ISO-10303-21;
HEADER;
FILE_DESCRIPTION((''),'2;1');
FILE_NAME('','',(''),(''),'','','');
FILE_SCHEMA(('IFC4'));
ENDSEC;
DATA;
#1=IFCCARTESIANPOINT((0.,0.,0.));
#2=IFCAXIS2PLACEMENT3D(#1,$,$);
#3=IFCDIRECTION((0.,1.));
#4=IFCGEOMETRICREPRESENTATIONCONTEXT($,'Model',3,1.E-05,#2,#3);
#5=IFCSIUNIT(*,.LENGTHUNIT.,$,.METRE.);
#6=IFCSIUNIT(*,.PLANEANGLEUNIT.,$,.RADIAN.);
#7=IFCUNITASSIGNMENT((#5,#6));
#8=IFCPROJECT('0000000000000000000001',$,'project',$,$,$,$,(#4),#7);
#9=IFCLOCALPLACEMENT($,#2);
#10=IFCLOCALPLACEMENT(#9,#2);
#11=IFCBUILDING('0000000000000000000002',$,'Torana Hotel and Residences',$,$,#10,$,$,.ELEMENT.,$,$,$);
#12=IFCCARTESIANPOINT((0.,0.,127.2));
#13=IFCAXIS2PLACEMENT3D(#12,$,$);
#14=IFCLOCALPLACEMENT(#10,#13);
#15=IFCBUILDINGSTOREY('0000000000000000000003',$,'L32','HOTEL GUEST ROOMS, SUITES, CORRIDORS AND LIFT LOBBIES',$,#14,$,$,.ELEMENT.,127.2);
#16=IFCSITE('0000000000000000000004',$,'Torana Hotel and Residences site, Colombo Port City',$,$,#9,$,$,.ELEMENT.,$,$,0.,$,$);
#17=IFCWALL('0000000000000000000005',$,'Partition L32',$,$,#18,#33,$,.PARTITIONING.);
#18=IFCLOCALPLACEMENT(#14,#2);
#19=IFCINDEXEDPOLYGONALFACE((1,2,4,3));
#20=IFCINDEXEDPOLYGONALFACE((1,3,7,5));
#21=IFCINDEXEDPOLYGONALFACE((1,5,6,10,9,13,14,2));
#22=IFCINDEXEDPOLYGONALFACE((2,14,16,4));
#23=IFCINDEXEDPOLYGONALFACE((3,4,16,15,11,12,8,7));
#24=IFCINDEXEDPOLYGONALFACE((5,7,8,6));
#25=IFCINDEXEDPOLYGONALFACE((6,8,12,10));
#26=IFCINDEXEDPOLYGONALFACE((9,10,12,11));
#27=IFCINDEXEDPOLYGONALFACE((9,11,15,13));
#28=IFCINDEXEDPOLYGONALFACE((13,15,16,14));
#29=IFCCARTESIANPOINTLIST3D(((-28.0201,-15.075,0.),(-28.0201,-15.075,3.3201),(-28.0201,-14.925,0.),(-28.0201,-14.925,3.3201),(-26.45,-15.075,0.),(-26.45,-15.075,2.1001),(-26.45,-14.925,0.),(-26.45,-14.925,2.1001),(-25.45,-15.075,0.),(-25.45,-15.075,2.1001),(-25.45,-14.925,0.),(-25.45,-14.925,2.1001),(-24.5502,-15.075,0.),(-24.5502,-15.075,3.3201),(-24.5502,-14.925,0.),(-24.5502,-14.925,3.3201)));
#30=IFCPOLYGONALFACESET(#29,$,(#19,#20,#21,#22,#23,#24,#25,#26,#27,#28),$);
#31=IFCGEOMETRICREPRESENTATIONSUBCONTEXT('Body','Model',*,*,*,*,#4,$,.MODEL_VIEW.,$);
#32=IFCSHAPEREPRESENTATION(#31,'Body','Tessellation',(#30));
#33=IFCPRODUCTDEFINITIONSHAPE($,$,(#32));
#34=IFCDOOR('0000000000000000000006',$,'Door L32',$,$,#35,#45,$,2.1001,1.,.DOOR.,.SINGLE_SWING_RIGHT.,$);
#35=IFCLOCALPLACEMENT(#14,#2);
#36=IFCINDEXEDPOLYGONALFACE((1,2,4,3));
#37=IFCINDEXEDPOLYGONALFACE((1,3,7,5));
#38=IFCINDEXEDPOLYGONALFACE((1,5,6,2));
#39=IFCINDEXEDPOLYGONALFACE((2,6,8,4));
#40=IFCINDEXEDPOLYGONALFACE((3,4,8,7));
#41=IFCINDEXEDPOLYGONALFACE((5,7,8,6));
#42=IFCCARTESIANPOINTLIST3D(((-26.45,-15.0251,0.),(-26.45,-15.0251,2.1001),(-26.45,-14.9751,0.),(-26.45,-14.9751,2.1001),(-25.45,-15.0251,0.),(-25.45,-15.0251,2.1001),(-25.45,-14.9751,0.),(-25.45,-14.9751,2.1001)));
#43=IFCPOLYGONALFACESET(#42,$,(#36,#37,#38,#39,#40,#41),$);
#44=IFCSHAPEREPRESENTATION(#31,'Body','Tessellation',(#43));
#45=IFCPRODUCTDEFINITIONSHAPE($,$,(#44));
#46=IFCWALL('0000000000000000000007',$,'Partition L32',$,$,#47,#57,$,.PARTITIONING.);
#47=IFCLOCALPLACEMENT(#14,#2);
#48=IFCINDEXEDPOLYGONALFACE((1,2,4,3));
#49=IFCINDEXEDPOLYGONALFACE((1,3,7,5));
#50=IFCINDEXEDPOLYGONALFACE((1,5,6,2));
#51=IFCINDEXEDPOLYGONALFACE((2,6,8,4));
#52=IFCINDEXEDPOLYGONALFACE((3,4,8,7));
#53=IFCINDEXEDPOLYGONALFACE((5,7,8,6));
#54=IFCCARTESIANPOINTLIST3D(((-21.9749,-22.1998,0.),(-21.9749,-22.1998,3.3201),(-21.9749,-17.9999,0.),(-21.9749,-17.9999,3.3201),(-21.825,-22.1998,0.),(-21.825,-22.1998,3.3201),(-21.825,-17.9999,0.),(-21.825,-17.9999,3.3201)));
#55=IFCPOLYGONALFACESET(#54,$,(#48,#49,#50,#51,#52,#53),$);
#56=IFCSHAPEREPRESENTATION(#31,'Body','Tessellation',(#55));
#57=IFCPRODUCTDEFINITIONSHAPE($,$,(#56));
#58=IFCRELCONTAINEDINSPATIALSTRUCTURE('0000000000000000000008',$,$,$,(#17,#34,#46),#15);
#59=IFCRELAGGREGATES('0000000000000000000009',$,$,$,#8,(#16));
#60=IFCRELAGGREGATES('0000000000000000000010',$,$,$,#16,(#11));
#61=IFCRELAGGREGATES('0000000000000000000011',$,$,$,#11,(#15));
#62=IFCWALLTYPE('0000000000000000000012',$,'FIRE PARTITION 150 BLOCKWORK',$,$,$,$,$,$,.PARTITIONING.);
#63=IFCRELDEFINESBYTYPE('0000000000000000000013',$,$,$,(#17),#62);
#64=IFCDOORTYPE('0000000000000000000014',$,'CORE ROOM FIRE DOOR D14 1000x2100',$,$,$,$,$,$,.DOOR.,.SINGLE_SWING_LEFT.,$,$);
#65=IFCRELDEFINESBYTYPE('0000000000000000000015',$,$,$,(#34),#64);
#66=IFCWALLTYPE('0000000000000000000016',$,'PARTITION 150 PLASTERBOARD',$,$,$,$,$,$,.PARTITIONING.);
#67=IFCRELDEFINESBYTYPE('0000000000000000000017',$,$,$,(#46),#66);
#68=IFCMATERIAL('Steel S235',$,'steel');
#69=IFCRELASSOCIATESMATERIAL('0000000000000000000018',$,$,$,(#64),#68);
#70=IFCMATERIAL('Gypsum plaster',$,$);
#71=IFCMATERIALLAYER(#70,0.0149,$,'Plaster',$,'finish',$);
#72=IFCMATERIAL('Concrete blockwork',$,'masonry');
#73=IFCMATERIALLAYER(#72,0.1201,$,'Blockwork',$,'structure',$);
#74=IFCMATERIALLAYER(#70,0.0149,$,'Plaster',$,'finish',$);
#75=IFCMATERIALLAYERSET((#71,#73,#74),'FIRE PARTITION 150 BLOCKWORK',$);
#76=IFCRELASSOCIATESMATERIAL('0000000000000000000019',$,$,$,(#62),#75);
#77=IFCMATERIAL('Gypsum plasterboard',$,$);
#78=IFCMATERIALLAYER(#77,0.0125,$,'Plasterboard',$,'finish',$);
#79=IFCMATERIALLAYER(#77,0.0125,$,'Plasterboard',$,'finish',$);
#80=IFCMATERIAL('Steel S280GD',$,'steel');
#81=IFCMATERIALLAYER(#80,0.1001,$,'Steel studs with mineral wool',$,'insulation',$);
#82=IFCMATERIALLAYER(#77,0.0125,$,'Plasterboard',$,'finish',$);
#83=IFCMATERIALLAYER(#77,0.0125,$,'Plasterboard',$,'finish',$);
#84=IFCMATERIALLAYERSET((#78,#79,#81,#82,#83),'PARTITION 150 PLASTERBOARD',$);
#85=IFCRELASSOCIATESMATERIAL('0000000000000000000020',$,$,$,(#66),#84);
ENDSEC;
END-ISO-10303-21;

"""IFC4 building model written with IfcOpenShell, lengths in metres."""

from ifc_helpers import new_model, si_unit, direction, frame, frame_2d, origin, place, context, subcontext, project, spatial, rectangle, extrude, material, layer, layer_set, type_object, element, fill, save


model = new_model("IFC4")

# Units and contexts
model_context = context("Model", 3, precision=1e-05, world=origin(), true_north=direction((0.0, 1.0)))
body_context = subcontext(model_context, "Body", "Model", "MODEL_VIEW")
ifc_project = project(units=[si_unit("LENGTHUNIT", "METRE"), si_unit("PLANEANGLEUNIT", "RADIAN")], contexts=[model_context])

# Site, building, storey
site_placement = place(None, origin())
site = spatial("IfcSite", under=ifc_project, at=site_placement, Name="Torana Hotel and Residences site, Colombo Port City", CompositionType="ELEMENT", RefElevation=0.0)
building_placement = place(site_placement, origin())
building = spatial("IfcBuilding", under=site, at=building_placement, Name="Torana Hotel and Residences", CompositionType="ELEMENT")
storey_placement = place(building_placement, frame((0.0, 0.0, 127.2)))
storey = spatial("IfcBuildingStorey", under=building, at=storey_placement, Name="L32", Description="HOTEL GUEST ROOMS, SUITES, CORRIDORS AND LIFT LOBBIES", CompositionType="ELEMENT", Elevation=127.2)

# Shared definitions
ifc_material_1 = material(Name="Steel S235", Category="steel")
door_type_1 = type_object("IfcDoorType", Name="CORE ROOM FIRE DOOR D14 1000x2100", OperationType="SINGLE_SWING_LEFT", PredefinedType="DOOR", material=ifc_material_1)

# Wall, opening, door
ifc_material_2 = material(Name="Gypsum plaster")
ifc_layer_1 = layer(ifc_material_2, 0.0149, Name="Plaster", Category="finish")
ifc_material_3 = material(Name="Concrete blockwork", Category="masonry")
ifc_layer_2 = layer(ifc_material_3, 0.1201, Name="Blockwork", Category="structure")
ifc_layer_3 = layer(ifc_material_2, 0.0149, Name="Plaster", Category="finish")
ifc_layer_set_1 = layer_set([ifc_layer_1, ifc_layer_2, ifc_layer_3], Name="FIRE PARTITION 150 BLOCKWORK")
wall_type_1 = type_object("IfcWallType", Name="FIRE PARTITION 150 BLOCKWORK", PredefinedType="PARTITIONING", material=ifc_layer_set_1)
wall_1_placement = place(storey_placement, frame((-28.02, -15.0, 0.0), z_axis=(0.0, 0.0, 1.0), x_axis=(1.0, 0.0, 0.0)))
wall_1 = element("IfcWall", 1, at=wall_1_placement, inside=storey, type_object=wall_type_1, Name="Partition L32", PredefinedType="PARTITIONING", context=body_context, shape_type="SweptSolid", body=[
    extrude(rectangle(XDim=3.47, YDim=0.1499, at=frame_2d((1.7349, 0.0))), origin(), (0.0, 0.0, 1.0), 3.3201),
])
opening_1_placement = place(wall_1_placement, frame((1.5701, 0.0, 0.0)))
opening_1 = element("IfcOpeningElement", 2, at=opening_1_placement, cuts=wall_1, PredefinedType="OPENING", context=body_context, shape_type="SweptSolid", body=[
    extrude(rectangle(XDim=1.0, YDim=2.1001, at=frame_2d((0.5, 1.05))), frame((0.0, 0.085, 0.0), z_axis=(0.0, -1.0, 0.0), x_axis=(1.0, 0.0, 0.0)), (0.0, 0.0, 1.0), 0.1699),
])
door_1_placement = place(opening_1_placement, origin())
door_1 = element("IfcDoor", 3, at=door_1_placement, inside=storey, type_object=door_type_1, Name="Door L32", OperationType="SINGLE_SWING_RIGHT", OverallHeight=2.1001, OverallWidth=1.0, PredefinedType="DOOR", context=body_context, shape_type="SweptSolid", body=[
    extrude(rectangle(XDim=1.0, YDim=2.1001, at=frame_2d((0.5, 1.05))), frame((0.0, 0.0249, 0.0), z_axis=(0.0, -1.0, 0.0), x_axis=(1.0, 0.0, 0.0)), (0.0, 0.0, 1.0), 0.05),
])
fill(opening_1, door_1)

# Wall
ifc_material_4 = material(Name="Gypsum plasterboard")
ifc_layer_4 = layer(ifc_material_4, 0.0125, Name="Plasterboard", Category="finish")
ifc_layer_5 = layer(ifc_material_4, 0.0125, Name="Plasterboard", Category="finish")
ifc_material_5 = material(Name="Steel S280GD", Category="steel")
ifc_layer_6 = layer(ifc_material_5, 0.1001, Name="Steel studs with mineral wool", Category="insulation")
ifc_layer_7 = layer(ifc_material_4, 0.0125, Name="Plasterboard", Category="finish")
ifc_layer_8 = layer(ifc_material_4, 0.0125, Name="Plasterboard", Category="finish")
ifc_layer_set_2 = layer_set([ifc_layer_4, ifc_layer_5, ifc_layer_6, ifc_layer_7, ifc_layer_8], Name="PARTITION 150 PLASTERBOARD")
wall_type_2 = type_object("IfcWallType", Name="PARTITION 150 PLASTERBOARD", PredefinedType="PARTITIONING", material=ifc_layer_set_2)
wall_2_placement = place(storey_placement, frame((-21.8999, -22.2, 0.0), z_axis=(0.0, 0.0, 1.0), x_axis=(0.0, 1.0, 0.0)))
element("IfcWall", 4, at=wall_2_placement, inside=storey, type_object=wall_type_2, Name="Partition L32", PredefinedType="PARTITIONING", context=body_context, shape_type="SweptSolid", body=[
    extrude(rectangle(XDim=4.2, YDim=0.1499, at=frame_2d((2.1001, 0.0))), origin(), (0.0, 0.0, 1.0), 3.3201),
])

save(model, "model.ifc")
